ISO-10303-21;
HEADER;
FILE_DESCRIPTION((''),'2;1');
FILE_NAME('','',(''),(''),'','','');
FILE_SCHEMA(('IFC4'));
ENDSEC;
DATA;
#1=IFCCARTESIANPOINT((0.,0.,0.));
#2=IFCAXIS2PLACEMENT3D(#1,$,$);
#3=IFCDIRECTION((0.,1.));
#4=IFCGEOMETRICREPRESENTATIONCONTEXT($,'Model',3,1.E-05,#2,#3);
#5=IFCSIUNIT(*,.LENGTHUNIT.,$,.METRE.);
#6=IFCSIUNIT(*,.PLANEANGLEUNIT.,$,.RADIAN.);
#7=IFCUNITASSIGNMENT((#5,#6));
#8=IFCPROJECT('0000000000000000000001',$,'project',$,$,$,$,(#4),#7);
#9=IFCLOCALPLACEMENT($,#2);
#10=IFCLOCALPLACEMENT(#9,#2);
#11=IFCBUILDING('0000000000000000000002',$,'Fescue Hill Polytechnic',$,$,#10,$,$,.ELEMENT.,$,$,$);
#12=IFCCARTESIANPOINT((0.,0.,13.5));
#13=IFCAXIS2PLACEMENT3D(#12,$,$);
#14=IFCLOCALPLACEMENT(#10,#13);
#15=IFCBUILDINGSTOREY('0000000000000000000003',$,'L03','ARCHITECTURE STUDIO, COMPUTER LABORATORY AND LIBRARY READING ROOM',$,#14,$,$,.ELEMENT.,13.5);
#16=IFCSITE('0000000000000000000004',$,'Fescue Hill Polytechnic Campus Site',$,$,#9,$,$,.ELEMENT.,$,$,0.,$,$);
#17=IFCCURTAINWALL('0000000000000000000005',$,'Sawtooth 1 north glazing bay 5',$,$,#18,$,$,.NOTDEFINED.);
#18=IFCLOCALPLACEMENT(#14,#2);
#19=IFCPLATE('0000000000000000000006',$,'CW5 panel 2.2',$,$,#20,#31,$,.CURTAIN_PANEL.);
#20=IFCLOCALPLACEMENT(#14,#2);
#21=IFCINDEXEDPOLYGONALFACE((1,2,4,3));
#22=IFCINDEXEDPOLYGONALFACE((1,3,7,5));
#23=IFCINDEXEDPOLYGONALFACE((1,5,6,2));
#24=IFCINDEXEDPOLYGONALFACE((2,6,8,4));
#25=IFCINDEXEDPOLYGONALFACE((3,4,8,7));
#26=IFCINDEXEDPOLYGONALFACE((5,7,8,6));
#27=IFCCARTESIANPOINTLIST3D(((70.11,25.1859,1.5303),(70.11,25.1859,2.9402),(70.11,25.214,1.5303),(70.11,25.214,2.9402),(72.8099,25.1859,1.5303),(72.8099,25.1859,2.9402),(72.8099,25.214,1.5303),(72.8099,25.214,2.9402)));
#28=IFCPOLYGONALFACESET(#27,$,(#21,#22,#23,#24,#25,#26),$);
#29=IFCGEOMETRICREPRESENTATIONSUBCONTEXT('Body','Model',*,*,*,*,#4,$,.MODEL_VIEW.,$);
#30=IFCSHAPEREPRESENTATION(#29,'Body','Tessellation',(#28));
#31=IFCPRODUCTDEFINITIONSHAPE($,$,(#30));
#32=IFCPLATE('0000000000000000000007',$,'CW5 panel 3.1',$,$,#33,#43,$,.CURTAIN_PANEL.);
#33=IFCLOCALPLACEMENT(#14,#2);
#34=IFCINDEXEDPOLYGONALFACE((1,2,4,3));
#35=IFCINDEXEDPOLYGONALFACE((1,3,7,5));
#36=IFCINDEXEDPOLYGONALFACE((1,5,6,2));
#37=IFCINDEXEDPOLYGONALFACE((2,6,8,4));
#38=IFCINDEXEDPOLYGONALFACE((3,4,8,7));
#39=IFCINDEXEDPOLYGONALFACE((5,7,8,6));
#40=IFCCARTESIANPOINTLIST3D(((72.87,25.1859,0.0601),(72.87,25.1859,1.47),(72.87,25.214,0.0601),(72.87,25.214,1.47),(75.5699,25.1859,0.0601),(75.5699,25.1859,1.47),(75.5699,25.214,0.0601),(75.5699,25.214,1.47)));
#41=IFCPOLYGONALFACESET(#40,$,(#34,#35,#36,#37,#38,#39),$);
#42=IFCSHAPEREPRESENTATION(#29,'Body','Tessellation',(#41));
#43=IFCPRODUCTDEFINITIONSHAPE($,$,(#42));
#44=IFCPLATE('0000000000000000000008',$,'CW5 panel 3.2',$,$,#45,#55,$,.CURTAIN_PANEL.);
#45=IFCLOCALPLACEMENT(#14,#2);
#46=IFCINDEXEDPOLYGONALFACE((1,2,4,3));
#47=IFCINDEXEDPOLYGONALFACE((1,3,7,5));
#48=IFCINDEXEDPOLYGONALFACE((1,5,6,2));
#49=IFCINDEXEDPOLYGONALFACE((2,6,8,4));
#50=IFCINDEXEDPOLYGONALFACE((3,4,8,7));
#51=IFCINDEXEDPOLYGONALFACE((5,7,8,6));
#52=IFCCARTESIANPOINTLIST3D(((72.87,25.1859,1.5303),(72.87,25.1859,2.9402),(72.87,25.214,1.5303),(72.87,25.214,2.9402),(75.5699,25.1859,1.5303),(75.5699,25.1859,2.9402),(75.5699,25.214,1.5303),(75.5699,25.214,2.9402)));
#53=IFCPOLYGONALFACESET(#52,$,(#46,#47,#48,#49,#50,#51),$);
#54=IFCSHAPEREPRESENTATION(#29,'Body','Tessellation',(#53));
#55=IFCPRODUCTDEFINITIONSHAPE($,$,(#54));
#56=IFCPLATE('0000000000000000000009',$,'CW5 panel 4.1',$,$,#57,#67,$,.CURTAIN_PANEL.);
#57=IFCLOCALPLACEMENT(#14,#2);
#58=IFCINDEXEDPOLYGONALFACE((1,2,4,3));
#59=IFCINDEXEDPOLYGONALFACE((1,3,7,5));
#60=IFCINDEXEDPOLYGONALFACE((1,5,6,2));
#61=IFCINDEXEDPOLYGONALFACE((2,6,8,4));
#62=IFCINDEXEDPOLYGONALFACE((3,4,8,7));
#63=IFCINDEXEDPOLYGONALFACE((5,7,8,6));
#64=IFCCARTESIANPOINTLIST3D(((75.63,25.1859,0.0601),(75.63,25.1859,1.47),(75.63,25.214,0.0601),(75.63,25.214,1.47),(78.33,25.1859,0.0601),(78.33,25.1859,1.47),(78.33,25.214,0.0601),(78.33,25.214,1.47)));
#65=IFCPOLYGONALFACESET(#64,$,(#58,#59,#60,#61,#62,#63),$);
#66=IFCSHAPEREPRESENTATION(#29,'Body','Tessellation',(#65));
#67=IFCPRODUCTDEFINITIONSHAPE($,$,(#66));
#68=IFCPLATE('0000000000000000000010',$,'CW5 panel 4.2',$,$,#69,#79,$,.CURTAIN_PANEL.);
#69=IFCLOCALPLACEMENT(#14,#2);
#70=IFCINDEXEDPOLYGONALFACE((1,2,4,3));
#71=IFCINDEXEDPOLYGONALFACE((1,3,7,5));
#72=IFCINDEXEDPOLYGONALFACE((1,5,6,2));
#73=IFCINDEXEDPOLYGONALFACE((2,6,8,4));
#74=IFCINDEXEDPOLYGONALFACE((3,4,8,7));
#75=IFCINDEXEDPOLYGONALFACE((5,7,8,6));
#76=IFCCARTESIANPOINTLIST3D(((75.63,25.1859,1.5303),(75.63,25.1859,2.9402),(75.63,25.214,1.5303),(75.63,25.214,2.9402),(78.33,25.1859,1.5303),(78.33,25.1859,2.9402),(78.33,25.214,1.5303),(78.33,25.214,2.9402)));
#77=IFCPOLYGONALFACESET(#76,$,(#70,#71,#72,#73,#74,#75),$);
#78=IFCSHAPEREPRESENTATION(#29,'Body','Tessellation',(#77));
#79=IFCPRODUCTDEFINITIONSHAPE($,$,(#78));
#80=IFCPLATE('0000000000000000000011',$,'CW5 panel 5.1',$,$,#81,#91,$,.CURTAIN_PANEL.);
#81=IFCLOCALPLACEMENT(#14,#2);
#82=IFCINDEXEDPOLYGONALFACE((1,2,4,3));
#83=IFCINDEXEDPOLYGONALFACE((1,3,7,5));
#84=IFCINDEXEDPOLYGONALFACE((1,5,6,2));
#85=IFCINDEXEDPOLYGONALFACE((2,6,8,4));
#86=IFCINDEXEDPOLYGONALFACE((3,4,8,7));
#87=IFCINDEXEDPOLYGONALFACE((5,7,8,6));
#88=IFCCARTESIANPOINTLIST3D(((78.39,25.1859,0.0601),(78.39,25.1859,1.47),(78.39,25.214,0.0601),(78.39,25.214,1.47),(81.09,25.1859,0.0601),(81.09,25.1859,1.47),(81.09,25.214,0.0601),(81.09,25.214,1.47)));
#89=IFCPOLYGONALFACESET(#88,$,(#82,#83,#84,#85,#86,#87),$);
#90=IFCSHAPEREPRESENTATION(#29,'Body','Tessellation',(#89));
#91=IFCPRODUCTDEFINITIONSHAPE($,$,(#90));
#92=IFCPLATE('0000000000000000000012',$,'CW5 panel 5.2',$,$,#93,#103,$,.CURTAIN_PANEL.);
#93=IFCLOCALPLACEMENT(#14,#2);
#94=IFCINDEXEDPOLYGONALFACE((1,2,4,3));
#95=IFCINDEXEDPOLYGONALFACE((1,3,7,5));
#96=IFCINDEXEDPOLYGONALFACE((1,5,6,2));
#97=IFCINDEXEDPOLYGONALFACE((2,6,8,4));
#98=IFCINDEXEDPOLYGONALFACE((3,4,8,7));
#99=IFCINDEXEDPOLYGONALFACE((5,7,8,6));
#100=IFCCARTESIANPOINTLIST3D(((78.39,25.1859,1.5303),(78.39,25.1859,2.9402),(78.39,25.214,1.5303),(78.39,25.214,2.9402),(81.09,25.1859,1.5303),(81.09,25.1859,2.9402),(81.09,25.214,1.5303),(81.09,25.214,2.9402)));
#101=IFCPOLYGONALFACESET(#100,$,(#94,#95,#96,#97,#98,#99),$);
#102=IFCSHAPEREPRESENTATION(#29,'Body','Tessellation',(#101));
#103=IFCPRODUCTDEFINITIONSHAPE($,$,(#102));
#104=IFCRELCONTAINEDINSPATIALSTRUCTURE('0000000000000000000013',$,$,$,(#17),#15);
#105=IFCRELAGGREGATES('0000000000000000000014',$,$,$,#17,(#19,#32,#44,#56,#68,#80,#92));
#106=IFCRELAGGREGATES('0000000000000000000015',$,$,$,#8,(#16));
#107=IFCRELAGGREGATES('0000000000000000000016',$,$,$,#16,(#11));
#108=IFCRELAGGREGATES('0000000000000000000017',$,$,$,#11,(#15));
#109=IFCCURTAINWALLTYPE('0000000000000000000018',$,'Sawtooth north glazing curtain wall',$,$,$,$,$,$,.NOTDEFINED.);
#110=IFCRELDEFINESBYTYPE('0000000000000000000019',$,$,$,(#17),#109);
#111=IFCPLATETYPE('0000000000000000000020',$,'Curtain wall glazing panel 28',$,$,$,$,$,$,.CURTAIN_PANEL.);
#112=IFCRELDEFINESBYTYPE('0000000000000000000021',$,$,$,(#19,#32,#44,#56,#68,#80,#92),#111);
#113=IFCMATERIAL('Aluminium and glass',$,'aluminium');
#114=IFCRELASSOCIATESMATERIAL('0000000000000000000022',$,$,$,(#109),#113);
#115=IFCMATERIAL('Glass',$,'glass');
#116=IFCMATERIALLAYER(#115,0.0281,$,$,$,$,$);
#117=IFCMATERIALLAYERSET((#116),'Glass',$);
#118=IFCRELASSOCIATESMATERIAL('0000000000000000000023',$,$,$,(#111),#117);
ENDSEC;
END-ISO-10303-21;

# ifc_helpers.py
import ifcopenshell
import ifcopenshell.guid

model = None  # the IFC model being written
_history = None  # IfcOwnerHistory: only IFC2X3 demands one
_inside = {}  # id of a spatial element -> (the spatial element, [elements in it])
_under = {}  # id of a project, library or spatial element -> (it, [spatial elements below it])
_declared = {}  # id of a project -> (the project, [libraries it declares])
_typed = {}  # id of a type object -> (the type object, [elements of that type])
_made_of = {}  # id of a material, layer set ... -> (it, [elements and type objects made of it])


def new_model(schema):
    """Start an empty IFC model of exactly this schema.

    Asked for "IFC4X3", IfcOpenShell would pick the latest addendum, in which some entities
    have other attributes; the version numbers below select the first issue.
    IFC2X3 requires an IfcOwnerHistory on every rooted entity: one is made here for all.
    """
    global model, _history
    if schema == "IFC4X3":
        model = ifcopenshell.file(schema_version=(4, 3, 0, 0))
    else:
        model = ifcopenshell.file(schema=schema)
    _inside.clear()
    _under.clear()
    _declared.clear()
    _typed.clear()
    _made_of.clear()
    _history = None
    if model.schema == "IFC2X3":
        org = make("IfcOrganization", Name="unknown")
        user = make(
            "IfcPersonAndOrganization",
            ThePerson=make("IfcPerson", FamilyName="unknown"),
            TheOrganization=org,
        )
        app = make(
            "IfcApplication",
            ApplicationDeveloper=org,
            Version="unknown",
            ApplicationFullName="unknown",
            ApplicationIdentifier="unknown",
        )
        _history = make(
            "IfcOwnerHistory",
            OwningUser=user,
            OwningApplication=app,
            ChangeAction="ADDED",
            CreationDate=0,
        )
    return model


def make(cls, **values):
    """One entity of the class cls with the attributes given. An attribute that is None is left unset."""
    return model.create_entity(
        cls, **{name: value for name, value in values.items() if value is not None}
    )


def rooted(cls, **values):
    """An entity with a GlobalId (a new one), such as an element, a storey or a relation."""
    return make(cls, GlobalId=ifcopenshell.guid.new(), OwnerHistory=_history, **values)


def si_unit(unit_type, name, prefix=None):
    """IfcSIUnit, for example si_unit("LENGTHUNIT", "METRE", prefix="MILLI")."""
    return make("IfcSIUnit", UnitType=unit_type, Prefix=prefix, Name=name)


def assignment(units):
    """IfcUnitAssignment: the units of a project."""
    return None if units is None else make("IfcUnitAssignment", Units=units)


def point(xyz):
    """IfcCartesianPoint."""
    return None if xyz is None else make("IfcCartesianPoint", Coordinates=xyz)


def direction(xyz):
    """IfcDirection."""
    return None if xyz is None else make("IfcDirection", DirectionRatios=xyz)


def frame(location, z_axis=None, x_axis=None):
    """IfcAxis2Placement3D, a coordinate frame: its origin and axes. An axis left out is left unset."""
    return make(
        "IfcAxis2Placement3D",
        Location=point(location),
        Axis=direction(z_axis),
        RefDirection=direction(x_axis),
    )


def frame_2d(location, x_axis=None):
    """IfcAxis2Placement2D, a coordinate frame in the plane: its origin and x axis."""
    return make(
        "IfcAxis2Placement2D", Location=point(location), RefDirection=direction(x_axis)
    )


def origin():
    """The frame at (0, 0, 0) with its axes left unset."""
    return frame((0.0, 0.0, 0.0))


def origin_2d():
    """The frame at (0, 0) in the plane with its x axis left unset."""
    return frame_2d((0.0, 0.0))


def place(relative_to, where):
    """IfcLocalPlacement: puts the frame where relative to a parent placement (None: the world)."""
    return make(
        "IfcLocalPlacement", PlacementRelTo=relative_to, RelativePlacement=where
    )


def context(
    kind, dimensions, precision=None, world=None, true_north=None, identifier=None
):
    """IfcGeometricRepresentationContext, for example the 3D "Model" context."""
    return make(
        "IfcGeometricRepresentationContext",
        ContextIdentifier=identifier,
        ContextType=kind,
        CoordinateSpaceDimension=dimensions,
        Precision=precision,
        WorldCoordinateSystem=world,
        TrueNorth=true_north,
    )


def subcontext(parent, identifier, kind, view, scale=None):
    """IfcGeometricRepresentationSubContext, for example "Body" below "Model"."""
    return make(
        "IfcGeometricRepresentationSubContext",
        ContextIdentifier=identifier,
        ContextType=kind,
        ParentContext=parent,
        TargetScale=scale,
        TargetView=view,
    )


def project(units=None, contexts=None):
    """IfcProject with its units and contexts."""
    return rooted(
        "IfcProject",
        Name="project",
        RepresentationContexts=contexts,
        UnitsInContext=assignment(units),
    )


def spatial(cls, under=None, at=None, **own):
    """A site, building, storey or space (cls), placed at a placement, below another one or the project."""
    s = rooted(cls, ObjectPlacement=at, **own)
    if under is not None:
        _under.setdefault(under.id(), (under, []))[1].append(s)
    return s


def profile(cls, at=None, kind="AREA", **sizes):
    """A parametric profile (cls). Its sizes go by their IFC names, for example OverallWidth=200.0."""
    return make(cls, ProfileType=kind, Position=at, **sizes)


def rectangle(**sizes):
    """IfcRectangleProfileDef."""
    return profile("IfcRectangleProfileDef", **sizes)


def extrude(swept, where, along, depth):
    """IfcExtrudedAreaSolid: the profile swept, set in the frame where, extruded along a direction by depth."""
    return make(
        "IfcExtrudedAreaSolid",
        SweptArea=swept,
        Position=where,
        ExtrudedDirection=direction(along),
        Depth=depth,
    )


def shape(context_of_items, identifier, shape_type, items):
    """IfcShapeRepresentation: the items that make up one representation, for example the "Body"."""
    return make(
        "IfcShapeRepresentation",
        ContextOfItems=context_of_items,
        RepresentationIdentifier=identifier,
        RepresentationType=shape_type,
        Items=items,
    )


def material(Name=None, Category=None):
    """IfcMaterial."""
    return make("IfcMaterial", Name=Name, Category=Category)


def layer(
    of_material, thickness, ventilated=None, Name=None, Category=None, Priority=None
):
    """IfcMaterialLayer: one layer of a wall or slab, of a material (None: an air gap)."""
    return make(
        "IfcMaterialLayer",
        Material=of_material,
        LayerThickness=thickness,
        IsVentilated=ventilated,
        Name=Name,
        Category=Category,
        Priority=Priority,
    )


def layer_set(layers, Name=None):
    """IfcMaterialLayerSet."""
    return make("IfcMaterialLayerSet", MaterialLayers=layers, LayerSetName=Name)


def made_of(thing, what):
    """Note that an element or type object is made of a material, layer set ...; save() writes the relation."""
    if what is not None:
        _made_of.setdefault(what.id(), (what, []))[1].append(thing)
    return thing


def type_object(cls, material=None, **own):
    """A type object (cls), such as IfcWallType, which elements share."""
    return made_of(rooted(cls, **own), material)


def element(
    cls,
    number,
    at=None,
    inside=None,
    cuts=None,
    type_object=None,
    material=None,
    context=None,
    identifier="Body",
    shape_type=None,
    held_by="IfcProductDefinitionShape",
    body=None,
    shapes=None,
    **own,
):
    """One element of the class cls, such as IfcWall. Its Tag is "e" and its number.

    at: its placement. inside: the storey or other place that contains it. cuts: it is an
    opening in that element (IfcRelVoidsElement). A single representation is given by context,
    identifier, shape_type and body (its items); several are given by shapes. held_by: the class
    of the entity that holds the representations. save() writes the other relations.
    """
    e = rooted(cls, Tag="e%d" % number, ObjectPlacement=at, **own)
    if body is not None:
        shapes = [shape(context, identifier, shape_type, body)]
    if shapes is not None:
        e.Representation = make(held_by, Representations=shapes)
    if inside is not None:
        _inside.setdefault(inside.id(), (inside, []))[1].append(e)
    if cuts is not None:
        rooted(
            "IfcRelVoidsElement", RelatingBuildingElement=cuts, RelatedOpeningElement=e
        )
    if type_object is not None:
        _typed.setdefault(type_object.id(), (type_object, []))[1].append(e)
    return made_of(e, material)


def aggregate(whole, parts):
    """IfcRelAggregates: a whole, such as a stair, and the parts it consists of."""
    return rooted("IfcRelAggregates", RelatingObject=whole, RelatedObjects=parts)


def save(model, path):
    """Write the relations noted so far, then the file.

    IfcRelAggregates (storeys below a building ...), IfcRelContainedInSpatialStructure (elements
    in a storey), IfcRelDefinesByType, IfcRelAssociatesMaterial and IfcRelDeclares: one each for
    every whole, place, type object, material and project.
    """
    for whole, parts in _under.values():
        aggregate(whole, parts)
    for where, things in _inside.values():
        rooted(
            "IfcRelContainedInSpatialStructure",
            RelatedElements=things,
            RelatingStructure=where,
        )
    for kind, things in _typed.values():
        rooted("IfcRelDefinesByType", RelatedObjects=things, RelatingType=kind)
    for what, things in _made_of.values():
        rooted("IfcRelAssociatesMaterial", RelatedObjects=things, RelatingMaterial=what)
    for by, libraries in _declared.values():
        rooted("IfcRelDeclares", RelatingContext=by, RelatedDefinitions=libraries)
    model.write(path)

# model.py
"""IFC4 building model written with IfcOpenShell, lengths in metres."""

from ifc_helpers import new_model, si_unit, direction, frame, origin, origin_2d, place, context, subcontext, project, spatial, rectangle, extrude, material, layer, layer_set, type_object, element, aggregate, save


model = new_model("IFC4")

# Units and contexts
model_context = context("Model", 3, precision=1e-05, world=origin(), true_north=direction((0.0, 1.0)))
body_context = subcontext(model_context, "Body", "Model", "MODEL_VIEW")
ifc_project = project(units=[si_unit("LENGTHUNIT", "METRE"), si_unit("PLANEANGLEUNIT", "RADIAN")], contexts=[model_context])

# Site, building, storey
site_placement = place(None, origin())
site = spatial("IfcSite", under=ifc_project, at=site_placement, Name="Fescue Hill Polytechnic Campus Site", CompositionType="ELEMENT", RefElevation=0.0)
building_placement = place(site_placement, origin())
building = spatial("IfcBuilding", under=site, at=building_placement, Name="Fescue Hill Polytechnic", CompositionType="ELEMENT")
storey_placement = place(building_placement, frame((0.0, 0.0, 13.5)))
storey = spatial("IfcBuildingStorey", under=building, at=storey_placement, Name="L03", Description="ARCHITECTURE STUDIO, COMPUTER LABORATORY AND LIBRARY READING ROOM", CompositionType="ELEMENT", Elevation=13.5)

# Curtain wall, plates
ifc_material_1 = material(Name="Aluminium and glass", Category="aluminium")
curtain_wall_type = type_object("IfcCurtainWallType", Name="Sawtooth north glazing curtain wall", PredefinedType="NOTDEFINED", material=ifc_material_1)
curtain_wall_placement = place(storey_placement, origin())
curtain_wall = element("IfcCurtainWall", 1, at=curtain_wall_placement, inside=storey, type_object=curtain_wall_type, Name="Sawtooth 1 north glazing bay 5", PredefinedType="NOTDEFINED")
ifc_material_2 = material(Name="Glass", Category="glass")
ifc_layer = layer(ifc_material_2, 0.0281)
ifc_layer_set = layer_set([ifc_layer], Name="Glass")
plate_type = type_object("IfcPlateType", Name="Curtain wall glazing panel 28", PredefinedType="CURTAIN_PANEL", material=ifc_layer_set)
plate_1_placement = place(storey_placement, frame((71.46, 25.2, 1.5303), z_axis=(0.0, 0.0, 1.0), x_axis=(1.0, 0.0, 0.0)))
plate_1 = element("IfcPlate", 2, at=plate_1_placement, type_object=plate_type, Name="CW5 panel 2.2", PredefinedType="CURTAIN_PANEL", context=body_context, shape_type="SweptSolid", body=[
    extrude(rectangle(XDim=2.7, YDim=0.0281, at=origin_2d()), origin(), (0.0, 0.0, 1.0), 1.4099),
])
plate_2_placement = place(storey_placement, frame((74.22, 25.2, 0.0601), z_axis=(0.0, 0.0, 1.0), x_axis=(1.0, 0.0, 0.0)))
plate_2 = element("IfcPlate", 3, at=plate_2_placement, type_object=plate_type, Name="CW5 panel 3.1", PredefinedType="CURTAIN_PANEL", context=body_context, shape_type="SweptSolid", body=[
    extrude(rectangle(XDim=2.7, YDim=0.0281, at=origin_2d()), origin(), (0.0, 0.0, 1.0), 1.4099),
])
plate_3_placement = place(storey_placement, frame((74.22, 25.2, 1.5303), z_axis=(0.0, 0.0, 1.0), x_axis=(1.0, 0.0, 0.0)))
plate_3 = element("IfcPlate", 4, at=plate_3_placement, type_object=plate_type, Name="CW5 panel 3.2", PredefinedType="CURTAIN_PANEL", context=body_context, shape_type="SweptSolid", body=[
    extrude(rectangle(XDim=2.7, YDim=0.0281, at=origin_2d()), origin(), (0.0, 0.0, 1.0), 1.4099),
])
plate_4_placement = place(storey_placement, frame((76.98, 25.2, 0.0601), z_axis=(0.0, 0.0, 1.0), x_axis=(1.0, 0.0, 0.0)))
plate_4 = element("IfcPlate", 5, at=plate_4_placement, type_object=plate_type, Name="CW5 panel 4.1", PredefinedType="CURTAIN_PANEL", context=body_context, shape_type="SweptSolid", body=[
    extrude(rectangle(XDim=2.7, YDim=0.0281, at=origin_2d()), origin(), (0.0, 0.0, 1.0), 1.4099),
])
plate_5_placement = place(storey_placement, frame((76.98, 25.2, 1.5303), z_axis=(0.0, 0.0, 1.0), x_axis=(1.0, 0.0, 0.0)))
plate_5 = element("IfcPlate", 6, at=plate_5_placement, type_object=plate_type, Name="CW5 panel 4.2", PredefinedType="CURTAIN_PANEL", context=body_context, shape_type="SweptSolid", body=[
    extrude(rectangle(XDim=2.7, YDim=0.0281, at=origin_2d()), origin(), (0.0, 0.0, 1.0), 1.4099),
])
plate_6_placement = place(storey_placement, frame((79.74, 25.2, 0.0601), z_axis=(0.0, 0.0, 1.0), x_axis=(1.0, 0.0, 0.0)))
plate_6 = element("IfcPlate", 7, at=plate_6_placement, type_object=plate_type, Name="CW5 panel 5.1", PredefinedType="CURTAIN_PANEL", context=body_context, shape_type="SweptSolid", body=[
    extrude(rectangle(XDim=2.7, YDim=0.0281, at=origin_2d()), origin(), (0.0, 0.0, 1.0), 1.4099),
])
plate_7_placement = place(storey_placement, frame((79.74, 25.2, 1.5303), z_axis=(0.0, 0.0, 1.0), x_axis=(1.0, 0.0, 0.0)))
plate_7 = element("IfcPlate", 8, at=plate_7_placement, type_object=plate_type, Name="CW5 panel 5.2", PredefinedType="CURTAIN_PANEL", context=body_context, shape_type="SweptSolid", body=[
    extrude(rectangle(XDim=2.7, YDim=0.0281, at=origin_2d()), origin(), (0.0, 0.0, 1.0), 1.4099),
])
aggregate(curtain_wall, [plate_1, plate_2, plate_3, plate_4, plate_5, plate_6, plate_7])

save(model, "model.ifc")
